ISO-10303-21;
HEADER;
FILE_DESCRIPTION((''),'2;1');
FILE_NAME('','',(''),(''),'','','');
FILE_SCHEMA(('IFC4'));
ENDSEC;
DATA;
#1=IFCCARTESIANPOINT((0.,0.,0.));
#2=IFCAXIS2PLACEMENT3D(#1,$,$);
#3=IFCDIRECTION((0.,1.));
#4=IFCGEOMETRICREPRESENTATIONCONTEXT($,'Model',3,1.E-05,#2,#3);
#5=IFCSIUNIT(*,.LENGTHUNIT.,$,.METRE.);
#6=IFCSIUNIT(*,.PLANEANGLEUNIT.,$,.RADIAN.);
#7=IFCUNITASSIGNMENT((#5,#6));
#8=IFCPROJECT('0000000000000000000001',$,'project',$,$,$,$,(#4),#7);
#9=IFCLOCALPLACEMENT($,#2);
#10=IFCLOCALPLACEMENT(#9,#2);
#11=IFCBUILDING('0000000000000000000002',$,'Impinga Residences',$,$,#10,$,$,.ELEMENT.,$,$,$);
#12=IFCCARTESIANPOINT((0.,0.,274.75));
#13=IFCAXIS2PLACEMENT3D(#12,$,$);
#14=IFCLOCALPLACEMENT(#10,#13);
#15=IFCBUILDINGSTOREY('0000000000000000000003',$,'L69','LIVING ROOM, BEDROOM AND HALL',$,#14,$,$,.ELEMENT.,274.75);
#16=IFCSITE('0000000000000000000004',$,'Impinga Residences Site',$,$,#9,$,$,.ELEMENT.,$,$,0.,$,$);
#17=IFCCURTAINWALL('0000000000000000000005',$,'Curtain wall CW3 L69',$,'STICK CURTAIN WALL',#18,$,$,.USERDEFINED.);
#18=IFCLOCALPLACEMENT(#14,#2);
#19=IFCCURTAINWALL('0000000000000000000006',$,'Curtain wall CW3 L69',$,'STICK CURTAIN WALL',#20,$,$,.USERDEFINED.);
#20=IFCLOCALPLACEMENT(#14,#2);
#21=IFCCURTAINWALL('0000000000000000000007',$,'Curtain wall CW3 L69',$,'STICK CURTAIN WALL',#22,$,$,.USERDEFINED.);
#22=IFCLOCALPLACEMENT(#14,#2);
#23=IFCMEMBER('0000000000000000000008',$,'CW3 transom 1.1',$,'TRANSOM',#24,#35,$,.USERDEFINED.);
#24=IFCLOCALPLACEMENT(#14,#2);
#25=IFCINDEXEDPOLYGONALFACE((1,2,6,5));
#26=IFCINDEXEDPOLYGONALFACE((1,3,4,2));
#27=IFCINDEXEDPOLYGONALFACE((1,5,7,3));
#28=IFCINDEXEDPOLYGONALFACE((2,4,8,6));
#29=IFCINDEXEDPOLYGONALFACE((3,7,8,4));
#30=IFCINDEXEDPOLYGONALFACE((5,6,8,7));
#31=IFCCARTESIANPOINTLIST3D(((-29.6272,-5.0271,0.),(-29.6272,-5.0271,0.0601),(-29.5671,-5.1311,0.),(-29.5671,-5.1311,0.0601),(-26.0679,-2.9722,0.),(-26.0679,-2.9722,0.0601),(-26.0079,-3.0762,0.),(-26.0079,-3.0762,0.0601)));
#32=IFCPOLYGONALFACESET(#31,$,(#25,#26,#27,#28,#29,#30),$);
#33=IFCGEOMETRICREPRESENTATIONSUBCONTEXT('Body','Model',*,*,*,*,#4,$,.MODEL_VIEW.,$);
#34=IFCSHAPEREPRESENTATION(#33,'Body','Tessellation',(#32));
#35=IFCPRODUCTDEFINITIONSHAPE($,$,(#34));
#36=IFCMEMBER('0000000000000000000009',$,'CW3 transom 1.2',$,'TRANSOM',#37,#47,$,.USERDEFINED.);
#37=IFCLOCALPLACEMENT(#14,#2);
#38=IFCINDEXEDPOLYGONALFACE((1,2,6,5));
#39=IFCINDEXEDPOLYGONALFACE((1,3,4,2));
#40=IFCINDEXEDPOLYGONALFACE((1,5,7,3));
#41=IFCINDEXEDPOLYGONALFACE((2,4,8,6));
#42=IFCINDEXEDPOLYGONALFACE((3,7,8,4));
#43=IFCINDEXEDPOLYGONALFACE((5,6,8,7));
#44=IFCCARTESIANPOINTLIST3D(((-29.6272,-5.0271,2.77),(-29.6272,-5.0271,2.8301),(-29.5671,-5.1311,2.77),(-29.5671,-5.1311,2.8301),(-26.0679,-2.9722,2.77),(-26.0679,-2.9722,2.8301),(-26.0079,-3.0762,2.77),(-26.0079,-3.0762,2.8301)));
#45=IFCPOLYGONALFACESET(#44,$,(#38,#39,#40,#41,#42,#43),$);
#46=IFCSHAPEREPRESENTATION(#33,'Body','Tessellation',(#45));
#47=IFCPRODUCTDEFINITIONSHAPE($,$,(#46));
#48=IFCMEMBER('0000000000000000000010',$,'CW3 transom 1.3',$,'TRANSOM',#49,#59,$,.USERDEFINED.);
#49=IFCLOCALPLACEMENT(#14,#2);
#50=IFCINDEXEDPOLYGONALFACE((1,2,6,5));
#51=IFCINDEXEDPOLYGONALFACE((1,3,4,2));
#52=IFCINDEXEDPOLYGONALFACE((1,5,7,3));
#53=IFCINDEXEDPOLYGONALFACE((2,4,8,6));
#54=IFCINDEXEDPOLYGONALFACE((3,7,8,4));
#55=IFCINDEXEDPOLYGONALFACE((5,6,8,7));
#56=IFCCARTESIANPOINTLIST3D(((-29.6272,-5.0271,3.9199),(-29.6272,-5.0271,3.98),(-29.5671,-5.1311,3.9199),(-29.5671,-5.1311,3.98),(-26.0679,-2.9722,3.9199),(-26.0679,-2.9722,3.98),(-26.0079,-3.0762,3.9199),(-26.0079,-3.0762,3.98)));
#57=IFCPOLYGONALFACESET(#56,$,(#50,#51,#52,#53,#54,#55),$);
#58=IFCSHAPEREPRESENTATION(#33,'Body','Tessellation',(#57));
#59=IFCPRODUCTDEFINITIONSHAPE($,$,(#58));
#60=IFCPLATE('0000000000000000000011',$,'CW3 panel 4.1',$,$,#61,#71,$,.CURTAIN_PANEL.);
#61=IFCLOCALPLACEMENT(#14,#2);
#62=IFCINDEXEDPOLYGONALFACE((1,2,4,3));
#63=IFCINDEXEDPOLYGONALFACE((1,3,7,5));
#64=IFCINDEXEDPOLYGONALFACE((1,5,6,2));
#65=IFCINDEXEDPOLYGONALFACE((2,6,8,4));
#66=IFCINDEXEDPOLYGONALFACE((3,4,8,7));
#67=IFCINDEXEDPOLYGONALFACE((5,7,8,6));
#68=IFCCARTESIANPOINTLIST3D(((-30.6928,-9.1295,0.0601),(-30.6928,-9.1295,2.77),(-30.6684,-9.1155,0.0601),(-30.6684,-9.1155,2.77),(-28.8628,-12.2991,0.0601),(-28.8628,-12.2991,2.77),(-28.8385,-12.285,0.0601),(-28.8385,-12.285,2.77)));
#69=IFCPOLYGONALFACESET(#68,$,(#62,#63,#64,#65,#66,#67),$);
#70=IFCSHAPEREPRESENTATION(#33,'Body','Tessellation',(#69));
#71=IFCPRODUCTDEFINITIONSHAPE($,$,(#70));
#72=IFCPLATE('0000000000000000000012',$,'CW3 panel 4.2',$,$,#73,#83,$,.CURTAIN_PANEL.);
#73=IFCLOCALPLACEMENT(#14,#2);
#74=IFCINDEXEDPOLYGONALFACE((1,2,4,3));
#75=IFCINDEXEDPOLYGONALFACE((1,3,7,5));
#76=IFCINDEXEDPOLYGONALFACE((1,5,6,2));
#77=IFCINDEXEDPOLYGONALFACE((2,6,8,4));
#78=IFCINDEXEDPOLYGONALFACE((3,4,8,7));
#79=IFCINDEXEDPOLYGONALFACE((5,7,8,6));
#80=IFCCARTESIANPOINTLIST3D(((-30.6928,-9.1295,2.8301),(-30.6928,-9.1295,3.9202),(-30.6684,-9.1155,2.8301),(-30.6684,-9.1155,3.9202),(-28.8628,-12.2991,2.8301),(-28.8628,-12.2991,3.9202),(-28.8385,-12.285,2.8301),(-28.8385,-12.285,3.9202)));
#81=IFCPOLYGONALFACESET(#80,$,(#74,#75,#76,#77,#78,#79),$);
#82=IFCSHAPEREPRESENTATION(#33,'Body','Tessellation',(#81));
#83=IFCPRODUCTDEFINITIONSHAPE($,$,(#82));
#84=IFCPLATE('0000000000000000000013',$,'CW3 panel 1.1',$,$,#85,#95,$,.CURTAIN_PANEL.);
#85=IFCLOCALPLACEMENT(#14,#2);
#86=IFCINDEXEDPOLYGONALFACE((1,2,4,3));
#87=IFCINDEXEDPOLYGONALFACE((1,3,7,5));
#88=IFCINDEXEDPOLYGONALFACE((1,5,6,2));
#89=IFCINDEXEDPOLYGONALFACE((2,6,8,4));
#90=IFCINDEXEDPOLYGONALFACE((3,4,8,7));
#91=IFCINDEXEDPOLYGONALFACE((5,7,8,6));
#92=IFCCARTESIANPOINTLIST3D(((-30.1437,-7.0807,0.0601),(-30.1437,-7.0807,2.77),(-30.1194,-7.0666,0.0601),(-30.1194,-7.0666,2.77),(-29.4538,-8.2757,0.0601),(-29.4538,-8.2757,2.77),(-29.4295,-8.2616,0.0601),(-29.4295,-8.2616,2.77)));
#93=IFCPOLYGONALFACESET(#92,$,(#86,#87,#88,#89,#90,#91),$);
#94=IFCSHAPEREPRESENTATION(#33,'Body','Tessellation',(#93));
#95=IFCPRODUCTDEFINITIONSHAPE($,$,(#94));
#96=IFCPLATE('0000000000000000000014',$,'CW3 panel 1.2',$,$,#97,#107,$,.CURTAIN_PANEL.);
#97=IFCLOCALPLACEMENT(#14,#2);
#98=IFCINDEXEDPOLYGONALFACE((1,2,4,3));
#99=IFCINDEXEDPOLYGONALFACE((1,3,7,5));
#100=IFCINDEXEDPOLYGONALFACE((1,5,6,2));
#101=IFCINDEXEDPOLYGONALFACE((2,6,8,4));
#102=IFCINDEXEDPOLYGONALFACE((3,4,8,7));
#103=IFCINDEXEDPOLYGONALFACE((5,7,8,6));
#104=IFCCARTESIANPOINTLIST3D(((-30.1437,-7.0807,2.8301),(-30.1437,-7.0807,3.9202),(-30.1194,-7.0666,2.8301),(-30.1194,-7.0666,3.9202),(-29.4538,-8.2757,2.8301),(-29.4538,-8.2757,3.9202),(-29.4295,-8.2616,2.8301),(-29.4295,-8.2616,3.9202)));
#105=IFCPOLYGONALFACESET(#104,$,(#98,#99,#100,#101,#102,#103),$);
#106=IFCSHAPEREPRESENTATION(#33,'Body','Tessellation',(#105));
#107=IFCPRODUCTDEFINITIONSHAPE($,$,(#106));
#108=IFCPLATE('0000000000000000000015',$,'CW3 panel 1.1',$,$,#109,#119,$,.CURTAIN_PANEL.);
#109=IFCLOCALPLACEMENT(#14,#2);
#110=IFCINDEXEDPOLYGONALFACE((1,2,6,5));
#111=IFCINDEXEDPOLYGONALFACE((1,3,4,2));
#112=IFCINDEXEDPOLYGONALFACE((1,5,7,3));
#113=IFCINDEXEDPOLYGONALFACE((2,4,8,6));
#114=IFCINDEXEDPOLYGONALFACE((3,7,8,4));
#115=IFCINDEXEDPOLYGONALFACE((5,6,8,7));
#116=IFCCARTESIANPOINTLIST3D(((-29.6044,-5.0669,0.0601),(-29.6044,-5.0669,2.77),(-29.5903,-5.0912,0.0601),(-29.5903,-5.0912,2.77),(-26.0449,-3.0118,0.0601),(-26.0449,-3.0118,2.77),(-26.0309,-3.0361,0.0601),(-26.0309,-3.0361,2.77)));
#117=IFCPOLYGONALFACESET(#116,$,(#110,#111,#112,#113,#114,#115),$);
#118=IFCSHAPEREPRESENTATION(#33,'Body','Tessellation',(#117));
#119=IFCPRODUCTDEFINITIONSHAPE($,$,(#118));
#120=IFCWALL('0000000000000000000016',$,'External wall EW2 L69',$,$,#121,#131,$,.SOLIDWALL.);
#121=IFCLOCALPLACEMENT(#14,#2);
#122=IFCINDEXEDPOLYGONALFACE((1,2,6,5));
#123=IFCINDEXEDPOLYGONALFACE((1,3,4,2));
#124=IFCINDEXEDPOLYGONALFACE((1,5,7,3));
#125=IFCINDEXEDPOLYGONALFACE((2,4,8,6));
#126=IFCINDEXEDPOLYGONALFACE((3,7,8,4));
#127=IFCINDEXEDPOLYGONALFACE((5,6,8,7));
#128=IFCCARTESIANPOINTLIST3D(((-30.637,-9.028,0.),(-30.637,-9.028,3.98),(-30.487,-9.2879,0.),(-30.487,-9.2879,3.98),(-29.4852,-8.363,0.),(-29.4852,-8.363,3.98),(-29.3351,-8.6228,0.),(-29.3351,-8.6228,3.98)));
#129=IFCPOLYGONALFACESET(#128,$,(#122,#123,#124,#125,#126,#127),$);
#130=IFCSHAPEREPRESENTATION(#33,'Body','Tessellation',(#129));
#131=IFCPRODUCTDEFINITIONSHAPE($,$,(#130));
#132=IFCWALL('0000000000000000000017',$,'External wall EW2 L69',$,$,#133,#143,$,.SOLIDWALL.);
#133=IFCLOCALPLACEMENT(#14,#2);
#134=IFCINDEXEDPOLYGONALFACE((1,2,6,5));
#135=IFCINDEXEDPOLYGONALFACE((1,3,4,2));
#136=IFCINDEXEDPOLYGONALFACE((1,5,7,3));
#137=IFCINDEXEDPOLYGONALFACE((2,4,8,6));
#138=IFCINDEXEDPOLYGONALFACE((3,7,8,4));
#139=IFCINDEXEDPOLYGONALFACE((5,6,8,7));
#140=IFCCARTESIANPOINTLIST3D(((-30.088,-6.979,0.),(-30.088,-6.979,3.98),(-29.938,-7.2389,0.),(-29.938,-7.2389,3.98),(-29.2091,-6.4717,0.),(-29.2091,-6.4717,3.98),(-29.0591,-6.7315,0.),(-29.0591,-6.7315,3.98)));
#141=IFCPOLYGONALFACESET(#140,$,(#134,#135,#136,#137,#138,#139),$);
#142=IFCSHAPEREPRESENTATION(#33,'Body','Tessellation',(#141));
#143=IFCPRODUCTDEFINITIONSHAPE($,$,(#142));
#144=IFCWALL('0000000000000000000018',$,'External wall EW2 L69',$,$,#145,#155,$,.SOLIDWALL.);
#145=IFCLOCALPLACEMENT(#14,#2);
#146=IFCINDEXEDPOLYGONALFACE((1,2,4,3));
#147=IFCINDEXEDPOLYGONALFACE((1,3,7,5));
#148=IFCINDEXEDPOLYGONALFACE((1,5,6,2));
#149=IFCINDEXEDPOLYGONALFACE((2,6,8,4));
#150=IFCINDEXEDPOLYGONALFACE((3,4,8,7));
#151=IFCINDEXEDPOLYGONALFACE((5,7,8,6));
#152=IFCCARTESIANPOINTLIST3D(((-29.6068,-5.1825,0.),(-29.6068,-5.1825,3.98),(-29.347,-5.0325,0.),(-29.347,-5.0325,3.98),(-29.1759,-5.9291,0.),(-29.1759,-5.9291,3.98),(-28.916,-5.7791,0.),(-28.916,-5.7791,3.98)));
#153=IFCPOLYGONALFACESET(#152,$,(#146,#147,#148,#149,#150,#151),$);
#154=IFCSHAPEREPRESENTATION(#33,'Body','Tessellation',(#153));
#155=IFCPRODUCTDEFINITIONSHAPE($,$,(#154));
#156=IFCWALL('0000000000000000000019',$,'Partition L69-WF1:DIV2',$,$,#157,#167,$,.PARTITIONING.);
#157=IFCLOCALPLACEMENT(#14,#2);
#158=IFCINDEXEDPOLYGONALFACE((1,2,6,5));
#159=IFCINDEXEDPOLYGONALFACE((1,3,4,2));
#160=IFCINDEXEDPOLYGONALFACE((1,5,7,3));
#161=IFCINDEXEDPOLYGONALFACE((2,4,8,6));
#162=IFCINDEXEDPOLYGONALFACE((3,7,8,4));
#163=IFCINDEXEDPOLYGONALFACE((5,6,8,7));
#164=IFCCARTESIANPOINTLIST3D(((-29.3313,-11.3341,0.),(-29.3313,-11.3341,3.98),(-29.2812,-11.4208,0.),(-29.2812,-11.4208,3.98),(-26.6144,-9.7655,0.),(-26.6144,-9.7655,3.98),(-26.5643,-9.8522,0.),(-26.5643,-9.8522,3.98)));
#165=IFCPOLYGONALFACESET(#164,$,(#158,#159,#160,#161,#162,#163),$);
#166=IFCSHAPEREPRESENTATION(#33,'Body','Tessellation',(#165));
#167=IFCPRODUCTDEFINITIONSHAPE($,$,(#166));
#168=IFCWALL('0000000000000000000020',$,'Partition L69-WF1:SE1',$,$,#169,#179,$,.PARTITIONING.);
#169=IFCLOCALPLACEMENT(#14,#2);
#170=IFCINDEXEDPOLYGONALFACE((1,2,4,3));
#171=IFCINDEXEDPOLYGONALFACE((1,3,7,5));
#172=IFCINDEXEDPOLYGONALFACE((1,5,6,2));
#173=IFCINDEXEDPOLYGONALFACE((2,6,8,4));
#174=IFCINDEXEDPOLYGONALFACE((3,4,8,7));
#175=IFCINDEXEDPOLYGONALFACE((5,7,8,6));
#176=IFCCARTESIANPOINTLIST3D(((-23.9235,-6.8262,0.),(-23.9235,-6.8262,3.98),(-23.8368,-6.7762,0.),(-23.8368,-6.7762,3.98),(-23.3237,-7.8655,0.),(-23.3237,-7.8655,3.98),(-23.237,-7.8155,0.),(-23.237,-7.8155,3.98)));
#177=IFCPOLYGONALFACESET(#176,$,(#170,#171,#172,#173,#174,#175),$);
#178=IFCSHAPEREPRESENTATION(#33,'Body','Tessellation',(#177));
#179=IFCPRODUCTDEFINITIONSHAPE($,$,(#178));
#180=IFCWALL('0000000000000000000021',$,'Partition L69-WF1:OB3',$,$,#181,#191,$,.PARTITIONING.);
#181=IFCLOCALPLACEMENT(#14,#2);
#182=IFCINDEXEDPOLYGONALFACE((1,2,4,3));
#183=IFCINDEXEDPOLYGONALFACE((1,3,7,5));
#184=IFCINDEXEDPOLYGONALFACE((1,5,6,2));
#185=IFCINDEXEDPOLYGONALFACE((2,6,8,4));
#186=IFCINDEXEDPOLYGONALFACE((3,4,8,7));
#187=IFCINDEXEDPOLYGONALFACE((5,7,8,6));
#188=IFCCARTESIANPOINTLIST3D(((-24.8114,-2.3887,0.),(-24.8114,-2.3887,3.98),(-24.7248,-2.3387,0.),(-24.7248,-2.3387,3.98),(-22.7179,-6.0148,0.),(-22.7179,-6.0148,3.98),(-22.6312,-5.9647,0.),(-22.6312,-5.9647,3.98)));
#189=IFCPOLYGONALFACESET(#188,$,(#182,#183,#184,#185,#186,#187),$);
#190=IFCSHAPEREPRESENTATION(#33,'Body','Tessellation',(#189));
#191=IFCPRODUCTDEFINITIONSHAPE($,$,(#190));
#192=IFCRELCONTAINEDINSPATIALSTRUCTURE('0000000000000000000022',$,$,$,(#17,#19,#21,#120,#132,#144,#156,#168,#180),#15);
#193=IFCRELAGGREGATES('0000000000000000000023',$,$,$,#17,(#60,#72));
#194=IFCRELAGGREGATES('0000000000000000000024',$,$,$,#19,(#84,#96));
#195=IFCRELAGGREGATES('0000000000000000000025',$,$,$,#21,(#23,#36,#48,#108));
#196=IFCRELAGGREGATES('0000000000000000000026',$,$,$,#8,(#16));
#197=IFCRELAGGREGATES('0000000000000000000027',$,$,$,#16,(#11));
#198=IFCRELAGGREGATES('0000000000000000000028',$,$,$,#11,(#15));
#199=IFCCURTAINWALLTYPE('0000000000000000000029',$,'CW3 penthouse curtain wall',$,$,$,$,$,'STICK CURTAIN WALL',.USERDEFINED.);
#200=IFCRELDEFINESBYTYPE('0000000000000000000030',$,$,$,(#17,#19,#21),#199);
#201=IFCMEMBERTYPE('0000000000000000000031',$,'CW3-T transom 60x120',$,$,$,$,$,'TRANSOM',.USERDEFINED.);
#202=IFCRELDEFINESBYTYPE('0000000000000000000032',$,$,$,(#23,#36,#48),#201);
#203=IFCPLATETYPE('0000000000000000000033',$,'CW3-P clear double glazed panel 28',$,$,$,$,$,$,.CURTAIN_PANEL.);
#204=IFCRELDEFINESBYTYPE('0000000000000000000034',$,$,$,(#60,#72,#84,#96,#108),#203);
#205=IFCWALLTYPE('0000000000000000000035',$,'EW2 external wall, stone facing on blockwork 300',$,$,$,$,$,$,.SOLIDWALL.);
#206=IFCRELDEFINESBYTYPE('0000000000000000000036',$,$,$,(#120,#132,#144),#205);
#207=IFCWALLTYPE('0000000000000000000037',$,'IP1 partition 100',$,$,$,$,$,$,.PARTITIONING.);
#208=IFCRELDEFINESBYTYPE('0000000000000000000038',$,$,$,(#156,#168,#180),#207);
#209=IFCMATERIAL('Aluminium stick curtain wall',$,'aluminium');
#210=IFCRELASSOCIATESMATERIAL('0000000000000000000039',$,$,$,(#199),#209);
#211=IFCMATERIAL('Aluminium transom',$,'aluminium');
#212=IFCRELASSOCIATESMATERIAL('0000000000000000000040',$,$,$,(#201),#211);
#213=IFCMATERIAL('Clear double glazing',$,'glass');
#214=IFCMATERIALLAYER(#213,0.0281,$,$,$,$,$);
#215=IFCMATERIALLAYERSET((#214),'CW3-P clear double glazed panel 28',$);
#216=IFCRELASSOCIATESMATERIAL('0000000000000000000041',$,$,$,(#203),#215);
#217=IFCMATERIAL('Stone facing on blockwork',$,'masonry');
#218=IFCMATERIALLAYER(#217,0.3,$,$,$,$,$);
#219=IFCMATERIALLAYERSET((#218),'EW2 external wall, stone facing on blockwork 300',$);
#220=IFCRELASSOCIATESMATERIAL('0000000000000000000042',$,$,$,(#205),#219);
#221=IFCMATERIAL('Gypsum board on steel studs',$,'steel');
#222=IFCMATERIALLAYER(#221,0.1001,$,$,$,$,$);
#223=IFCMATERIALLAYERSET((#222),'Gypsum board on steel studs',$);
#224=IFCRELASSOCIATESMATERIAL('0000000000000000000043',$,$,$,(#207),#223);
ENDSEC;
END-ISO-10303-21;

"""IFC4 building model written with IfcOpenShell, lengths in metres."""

from ifc_helpers import new_model, si_unit, direction, frame, frame_2d, origin, origin_2d, place, context, subcontext, project, spatial, rectangle, extrude, material, layer, layer_set, material_profile, profile_set, type_object, element, aggregate, save


model = new_model("IFC4")

# Units and contexts
model_context = context("Model", 3, precision=1e-05, world=origin(), true_north=direction((0.0, 1.0)))
body_context = subcontext(model_context, "Body", "Model", "MODEL_VIEW")
ifc_project = project(units=[si_unit("LENGTHUNIT", "METRE"), si_unit("PLANEANGLEUNIT", "RADIAN")], contexts=[model_context])

# Site, building, storey
site_placement = place(None, origin())
site = spatial("IfcSite", under=ifc_project, at=site_placement, Name="Impinga Residences Site", CompositionType="ELEMENT", RefElevation=0.0)
building_placement = place(site_placement, origin())
building = spatial("IfcBuilding", under=site, at=building_placement, Name="Impinga Residences", CompositionType="ELEMENT")
storey_placement = place(building_placement, frame((0.0, 0.0, 274.75)))
storey = spatial("IfcBuildingStorey", under=building, at=storey_placement, Name="L69", Description="LIVING ROOM, BEDROOM AND HALL", CompositionType="ELEMENT", Elevation=274.75)

# Curtain walls
ifc_material_1 = material(Name="Aluminium stick curtain wall", Category="aluminium")
curtain_wall_type = type_object("IfcCurtainWallType", Name="CW3 penthouse curtain wall", ElementType="STICK CURTAIN WALL", PredefinedType="USERDEFINED", material=ifc_material_1)
curtain_wall_1_placement = place(storey_placement, origin())
curtain_wall_1 = element("IfcCurtainWall", 1, at=curtain_wall_1_placement, inside=storey, type_object=curtain_wall_type, Name="Curtain wall CW3 L69", ObjectType="STICK CURTAIN WALL", PredefinedType="USERDEFINED")
curtain_wall_2_placement = place(storey_placement, origin())
curtain_wall_2 = element("IfcCurtainWall", 2, at=curtain_wall_2_placement, inside=storey, type_object=curtain_wall_type, Name="Curtain wall CW3 L69", ObjectType="STICK CURTAIN WALL", PredefinedType="USERDEFINED")

# Curtain wall
curtain_wall_3_placement = place(storey_placement, origin())
curtain_wall_3 = element("IfcCurtainWall", 3, at=curtain_wall_3_placement, inside=storey, type_object=curtain_wall_type, Name="Curtain wall CW3 L69", ObjectType="STICK CURTAIN WALL", PredefinedType="USERDEFINED")

# Members
ifc_material_2 = material(Name="Aluminium transom", Category="aluminium")
ifc_material_profile_1 = material_profile(ifc_material_2, rectangle(XDim=0.0601, YDim=0.1201, at=origin_2d()), Name="60x120 transom")
ifc_profile_set_1 = profile_set([ifc_material_profile_1], Name="Aluminium transom")
member_type_1 = type_object("IfcMemberType", Name="CW3-T transom 60x120", ElementType="TRANSOM", PredefinedType="USERDEFINED", material=ifc_profile_set_1)
member_1_placement = place(storey_placement, frame((-29.5972, -5.0791, 0.03), z_axis=(0.86603, 0.499992, 0.0), x_axis=(0.0, 0.0, 1.0)))
member_1 = element("IfcMember", 4, at=member_1_placement, type_object=member_type_1, Name="CW3 transom 1.1", ObjectType="TRANSOM", PredefinedType="USERDEFINED", context=body_context, shape_type="SweptSolid", body=[
    extrude(rectangle(XDim=0.0601, YDim=0.1201, at=origin_2d()), origin(), (0.0, 0.0, 1.0), 4.1099),
])
member_2_placement = place(storey_placement, frame((-29.5972, -5.0791, 2.8), z_axis=(0.86603, 0.499992, 0.0), x_axis=(0.0, 0.0, 1.0)))
member_2 = element("IfcMember", 5, at=member_2_placement, type_object=member_type_1, Name="CW3 transom 1.2", ObjectType="TRANSOM", PredefinedType="USERDEFINED", context=body_context, shape_type="SweptSolid", body=[
    extrude(rectangle(XDim=0.0601, YDim=0.1201, at=origin_2d()), origin(), (0.0, 0.0, 1.0), 4.1099),
])
member_3_placement = place(storey_placement, frame((-29.5972, -5.0791, 3.95), z_axis=(0.86603, 0.499992, 0.0), x_axis=(0.0, 0.0, 1.0)))
member_3 = element("IfcMember", 6, at=member_3_placement, type_object=member_type_1, Name="CW3 transom 1.3", ObjectType="TRANSOM", PredefinedType="USERDEFINED", context=body_context, shape_type="SweptSolid", body=[
    extrude(rectangle(XDim=0.0601, YDim=0.1201, at=origin_2d()), origin(), (0.0, 0.0, 1.0), 4.1099),
])

# Plates
ifc_material_3 = material(Name="Clear double glazing", Category="glass")
ifc_layer_1 = layer(ifc_material_3, 0.0281)
ifc_layer_set_1 = layer_set([ifc_layer_1], Name="CW3-P clear double glazed panel 28")
plate_type = type_object("IfcPlateType", Name="CW3-P clear double glazed panel 28", PredefinedType="CURTAIN_PANEL", material=ifc_layer_set_1)
plate_1_placement = place(storey_placement, frame((-29.7656, -10.7073, 0.0601), z_axis=(0.0, 0.0, 1.0), x_axis=(-0.5, 0.866025, 0.0)))
plate_1 = element("IfcPlate", 7, at=plate_1_placement, type_object=plate_type, Name="CW3 panel 4.1", PredefinedType="CURTAIN_PANEL", context=body_context, shape_type="SweptSolid", body=[
    extrude(rectangle(XDim=3.6599, YDim=0.0281, at=origin_2d()), origin(), (0.0, 0.0, 1.0), 2.71),
])
plate_2_placement = place(storey_placement, frame((-29.7656, -10.7073, 2.8301), z_axis=(0.0, 0.0, 1.0), x_axis=(-0.5, 0.866025, 0.0)))
plate_2 = element("IfcPlate", 8, at=plate_2_placement, type_object=plate_type, Name="CW3 panel 4.2", PredefinedType="CURTAIN_PANEL", context=body_context, shape_type="SweptSolid", body=[
    extrude(rectangle(XDim=3.6599, YDim=0.0281, at=origin_2d()), origin(), (0.0, 0.0, 1.0), 1.0901),
])
aggregate(curtain_wall_1, [plate_1, plate_2])
plate_3_placement = place(storey_placement, frame((-29.7866, -7.6711, 0.0601), z_axis=(0.0, 0.0, 1.0), x_axis=(-0.5, 0.866025, 0.0)))
plate_3 = element("IfcPlate", 9, at=plate_3_placement, type_object=plate_type, Name="CW3 panel 1.1", PredefinedType="CURTAIN_PANEL", context=body_context, shape_type="SweptSolid", body=[
    extrude(rectangle(XDim=1.3799, YDim=0.0281, at=origin_2d()), origin(), (0.0, 0.0, 1.0), 2.71),
])
plate_4_placement = place(storey_placement, frame((-29.7866, -7.6711, 2.8301), z_axis=(0.0, 0.0, 1.0), x_axis=(-0.5, 0.866025, 0.0)))
plate_4 = element("IfcPlate", 10, at=plate_4_placement, type_object=plate_type, Name="CW3 panel 1.2", PredefinedType="CURTAIN_PANEL", context=body_context, shape_type="SweptSolid", body=[
    extrude(rectangle(XDim=1.3799, YDim=0.0281, at=origin_2d()), origin(), (0.0, 0.0, 1.0), 1.0901),
])
aggregate(curtain_wall_2, [plate_3, plate_4])
plate_5_placement = place(storey_placement, frame((-27.8176, -4.0515, 0.0601), z_axis=(0.0, 0.0, 1.0), x_axis=(0.866025, 0.5, 0.0)))
plate_5 = element("IfcPlate", 11, at=plate_5_placement, type_object=plate_type, Name="CW3 panel 1.1", PredefinedType="CURTAIN_PANEL", context=body_context, shape_type="SweptSolid", body=[
    extrude(rectangle(XDim=4.1101, YDim=0.0281, at=origin_2d()), origin(), (0.0, 0.0, 1.0), 2.71),
])
aggregate(curtain_wall_3, [member_1, member_2, member_3, plate_5])

# Walls
ifc_material_4 = material(Name="Stone facing on blockwork", Category="masonry")
ifc_layer_2 = layer(ifc_material_4, 0.3)
ifc_layer_set_2 = layer_set([ifc_layer_2], Name="EW2 external wall, stone facing on blockwork 300")
wall_type_1 = type_object("IfcWallType", Name="EW2 external wall, stone facing on blockwork 300", PredefinedType="SOLIDWALL", material=ifc_layer_set_2)
wall_1_placement = place(storey_placement, frame((-30.562, -9.158, 0.0), z_axis=(0.0, 0.0, 1.0), x_axis=(0.866021, 0.500008, 0.0)))
element("IfcWall", 12, at=wall_1_placement, inside=storey, type_object=wall_type_1, Name="External wall EW2 L69", PredefinedType="SOLIDWALL", context=body_context, shape_type="SweptSolid", body=[
    extrude(rectangle(XDim=1.3301, YDim=0.3, at=frame_2d((0.665, 0.0))), origin(), (0.0, 0.0, 1.0), 3.98),
])
wall_2_placement = place(storey_placement, frame((-30.0129, -7.1089, 0.0), z_axis=(0.0, 0.0, 1.0), x_axis=(0.866073, 0.499917, 0.0)))
element("IfcWall", 13, at=wall_2_placement, inside=storey, type_object=wall_type_1, Name="External wall EW2 L69", PredefinedType="SOLIDWALL", context=body_context, shape_type="SweptSolid", body=[
    extrude(rectangle(XDim=1.0149, YDim=0.3, at=frame_2d((0.5073, 0.0))), origin(), (0.0, 0.0, 1.0), 3.98),
])
wall_3_placement = place(storey_placement, frame((-29.0459, -5.8542, 0.0), z_axis=(0.0, 0.0, 1.0), x_axis=(-0.499886, 0.866091, 0.0)))
element("IfcWall", 14, at=wall_3_placement, inside=storey, type_object=wall_type_1, Name="External wall EW2 L69", PredefinedType="SOLIDWALL", context=body_context, shape_type="SweptSolid", body=[
    extrude(rectangle(XDim=0.8621, YDim=0.3, at=frame_2d((0.4312, 0.0))), origin(), (0.0, 0.0, 1.0), 3.98),
])
ifc_material_5 = material(Name="Gypsum board on steel studs", Category="steel")
ifc_layer_3 = layer(ifc_material_5, 0.1001)
ifc_layer_set_3 = layer_set([ifc_layer_3], Name="Gypsum board on steel studs")
wall_type_2 = type_object("IfcWallType", Name="IP1 partition 100", PredefinedType="PARTITIONING", material=ifc_layer_set_3)
wall_4_placement = place(storey_placement, frame((-26.5894, -9.8088, 0.0), z_axis=(0.0, 0.0, 1.0), x_axis=(-0.866017, -0.500014, 0.0)))
element("IfcWall", 15, at=wall_4_placement, inside=storey, type_object=wall_type_2, Name="Partition L69-WF1:DIV2", PredefinedType="PARTITIONING", context=body_context, shape_type="SweptSolid", body=[
    extrude(rectangle(XDim=3.1372, YDim=0.1001, at=frame_2d((1.5686, 0.0))), origin(), (0.0, 0.0, 1.0), 3.98),
])
wall_5_placement = place(storey_placement, frame((-23.2803, -7.8406, 0.0), z_axis=(0.0, 0.0, 1.0), x_axis=(-0.499881, 0.866094, 0.0)))
element("IfcWall", 16, at=wall_5_placement, inside=storey, type_object=wall_type_2, Name="Partition L69-WF1:SE1", PredefinedType="PARTITIONING", context=body_context, shape_type="SweptSolid", body=[
    extrude(rectangle(XDim=1.2, YDim=0.1001, at=frame_2d((0.6001, 0.0))), origin(), (0.0, 0.0, 1.0), 3.98),
])
wall_6_placement = place(storey_placement, frame((-22.6746, -5.9897, 0.0), z_axis=(0.0, 0.0, 1.0), x_axis=(-0.500008, 0.866021, 0.0)))
element("IfcWall", 17, at=wall_6_placement, inside=storey, type_object=wall_type_2, Name="Partition L69-WF1:OB3", PredefinedType="PARTITIONING", context=body_context, shape_type="SweptSolid", body=[
    extrude(rectangle(XDim=4.187, YDim=0.1001, at=frame_2d((2.0935, 0.0))), origin(), (0.0, 0.0, 1.0), 3.98),
])

save(model, "model.ifc")
